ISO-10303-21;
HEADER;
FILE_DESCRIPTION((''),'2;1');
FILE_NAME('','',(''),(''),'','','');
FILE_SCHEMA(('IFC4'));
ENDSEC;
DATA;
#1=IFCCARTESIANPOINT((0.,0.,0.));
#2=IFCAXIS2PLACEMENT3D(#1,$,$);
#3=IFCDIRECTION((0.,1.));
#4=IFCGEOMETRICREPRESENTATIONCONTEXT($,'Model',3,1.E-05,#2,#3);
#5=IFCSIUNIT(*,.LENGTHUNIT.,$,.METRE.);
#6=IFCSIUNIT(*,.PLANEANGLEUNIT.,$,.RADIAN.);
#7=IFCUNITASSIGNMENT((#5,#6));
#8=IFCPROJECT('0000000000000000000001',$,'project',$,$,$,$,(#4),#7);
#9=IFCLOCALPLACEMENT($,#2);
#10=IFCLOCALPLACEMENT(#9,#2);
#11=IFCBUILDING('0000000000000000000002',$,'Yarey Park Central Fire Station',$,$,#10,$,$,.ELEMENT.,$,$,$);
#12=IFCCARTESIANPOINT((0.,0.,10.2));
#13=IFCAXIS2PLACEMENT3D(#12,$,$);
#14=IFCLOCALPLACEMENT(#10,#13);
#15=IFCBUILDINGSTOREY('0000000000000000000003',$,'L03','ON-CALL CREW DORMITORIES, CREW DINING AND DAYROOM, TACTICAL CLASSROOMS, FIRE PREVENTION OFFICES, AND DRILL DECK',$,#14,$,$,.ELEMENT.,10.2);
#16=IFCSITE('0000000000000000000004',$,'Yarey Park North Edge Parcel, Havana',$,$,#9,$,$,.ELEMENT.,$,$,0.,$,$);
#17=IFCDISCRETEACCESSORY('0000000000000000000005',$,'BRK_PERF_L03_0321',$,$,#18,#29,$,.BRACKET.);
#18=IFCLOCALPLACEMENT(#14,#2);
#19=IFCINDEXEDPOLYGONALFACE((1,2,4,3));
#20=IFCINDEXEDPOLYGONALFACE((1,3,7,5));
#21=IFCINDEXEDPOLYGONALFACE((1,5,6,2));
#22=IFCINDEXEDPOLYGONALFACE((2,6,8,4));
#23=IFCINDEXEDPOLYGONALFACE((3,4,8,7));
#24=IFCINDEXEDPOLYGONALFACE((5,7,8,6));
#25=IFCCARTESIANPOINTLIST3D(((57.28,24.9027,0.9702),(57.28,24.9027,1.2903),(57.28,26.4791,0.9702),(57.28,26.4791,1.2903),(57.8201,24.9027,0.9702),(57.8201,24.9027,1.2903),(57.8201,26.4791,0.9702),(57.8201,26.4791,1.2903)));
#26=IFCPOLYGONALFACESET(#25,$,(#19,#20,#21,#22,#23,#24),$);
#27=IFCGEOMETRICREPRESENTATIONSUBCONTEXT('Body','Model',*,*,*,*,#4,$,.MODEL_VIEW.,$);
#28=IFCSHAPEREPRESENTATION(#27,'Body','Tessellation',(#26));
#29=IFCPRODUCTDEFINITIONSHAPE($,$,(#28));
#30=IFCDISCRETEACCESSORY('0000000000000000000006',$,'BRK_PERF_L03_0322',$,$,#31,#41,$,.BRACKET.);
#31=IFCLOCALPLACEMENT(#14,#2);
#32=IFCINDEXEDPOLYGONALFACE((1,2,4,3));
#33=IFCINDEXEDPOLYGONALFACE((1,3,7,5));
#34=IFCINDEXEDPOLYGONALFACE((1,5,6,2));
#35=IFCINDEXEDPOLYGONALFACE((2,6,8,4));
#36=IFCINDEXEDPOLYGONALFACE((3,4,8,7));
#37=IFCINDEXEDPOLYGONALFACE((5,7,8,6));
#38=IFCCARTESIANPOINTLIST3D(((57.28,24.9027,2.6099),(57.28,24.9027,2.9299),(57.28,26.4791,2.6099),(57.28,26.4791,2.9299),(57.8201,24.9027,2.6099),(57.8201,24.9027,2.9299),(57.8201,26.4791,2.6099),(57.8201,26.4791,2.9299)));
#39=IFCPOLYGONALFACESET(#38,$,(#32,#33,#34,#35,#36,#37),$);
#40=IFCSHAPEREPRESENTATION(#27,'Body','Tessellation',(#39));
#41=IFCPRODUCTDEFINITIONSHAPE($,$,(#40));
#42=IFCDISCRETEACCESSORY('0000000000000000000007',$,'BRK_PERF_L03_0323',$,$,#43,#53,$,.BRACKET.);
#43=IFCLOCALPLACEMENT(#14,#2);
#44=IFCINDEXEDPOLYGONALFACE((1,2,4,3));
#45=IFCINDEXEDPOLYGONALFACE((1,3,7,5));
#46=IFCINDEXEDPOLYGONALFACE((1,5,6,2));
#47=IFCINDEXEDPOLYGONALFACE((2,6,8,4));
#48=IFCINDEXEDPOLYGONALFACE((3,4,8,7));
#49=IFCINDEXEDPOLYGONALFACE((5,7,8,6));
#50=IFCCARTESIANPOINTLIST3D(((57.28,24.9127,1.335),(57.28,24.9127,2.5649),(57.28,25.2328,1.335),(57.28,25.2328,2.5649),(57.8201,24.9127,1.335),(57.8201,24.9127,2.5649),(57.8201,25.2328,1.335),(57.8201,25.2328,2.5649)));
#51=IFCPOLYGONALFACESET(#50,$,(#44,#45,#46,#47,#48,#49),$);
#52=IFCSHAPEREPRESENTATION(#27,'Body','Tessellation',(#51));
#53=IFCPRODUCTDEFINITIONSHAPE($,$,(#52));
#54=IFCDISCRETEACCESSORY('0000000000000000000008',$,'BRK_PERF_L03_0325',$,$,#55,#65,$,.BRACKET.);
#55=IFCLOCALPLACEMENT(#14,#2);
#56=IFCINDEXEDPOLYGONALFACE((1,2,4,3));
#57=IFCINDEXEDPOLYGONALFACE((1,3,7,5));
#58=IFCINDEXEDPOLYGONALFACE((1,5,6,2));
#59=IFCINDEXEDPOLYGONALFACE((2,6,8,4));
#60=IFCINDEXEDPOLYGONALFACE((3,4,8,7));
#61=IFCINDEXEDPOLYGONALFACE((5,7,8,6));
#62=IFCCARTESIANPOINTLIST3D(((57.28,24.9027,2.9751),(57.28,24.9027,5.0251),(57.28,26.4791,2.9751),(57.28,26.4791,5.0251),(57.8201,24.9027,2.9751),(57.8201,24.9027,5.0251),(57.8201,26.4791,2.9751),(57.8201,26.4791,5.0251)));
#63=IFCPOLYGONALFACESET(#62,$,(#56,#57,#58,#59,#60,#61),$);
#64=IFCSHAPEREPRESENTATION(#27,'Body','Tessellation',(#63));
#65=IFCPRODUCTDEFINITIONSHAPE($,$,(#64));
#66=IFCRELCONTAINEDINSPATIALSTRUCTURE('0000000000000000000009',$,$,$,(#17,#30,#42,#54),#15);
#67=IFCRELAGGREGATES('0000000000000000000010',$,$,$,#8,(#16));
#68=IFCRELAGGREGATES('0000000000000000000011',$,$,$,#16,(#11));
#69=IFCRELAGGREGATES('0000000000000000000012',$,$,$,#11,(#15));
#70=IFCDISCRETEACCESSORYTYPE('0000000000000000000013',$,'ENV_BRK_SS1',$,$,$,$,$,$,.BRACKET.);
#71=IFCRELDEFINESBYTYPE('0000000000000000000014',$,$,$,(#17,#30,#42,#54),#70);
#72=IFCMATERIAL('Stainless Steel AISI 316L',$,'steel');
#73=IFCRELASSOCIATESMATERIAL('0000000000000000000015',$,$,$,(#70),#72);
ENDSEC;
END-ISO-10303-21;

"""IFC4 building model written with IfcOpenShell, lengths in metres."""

from ifc_helpers import new_model, si_unit, direction, frame, origin, origin_2d, place, context, subcontext, project, spatial, rectangle, extrude, material, type_object, element, save


model = new_model("IFC4")

# Units and contexts
model_context = context("Model", 3, precision=1e-05, world=origin(), true_north=direction((0.0, 1.0)))
body_context = subcontext(model_context, "Body", "Model", "MODEL_VIEW")
ifc_project = project(units=[si_unit("LENGTHUNIT", "METRE"), si_unit("PLANEANGLEUNIT", "RADIAN")], contexts=[model_context])

# Site, building, storey
site_placement = place(None, origin())
site = spatial("IfcSite", under=ifc_project, at=site_placement, Name="Yarey Park North Edge Parcel, Havana", CompositionType="ELEMENT", RefElevation=0.0)
building_placement = place(site_placement, origin())
building = spatial("IfcBuilding", under=site, at=building_placement, Name="Yarey Park Central Fire Station", CompositionType="ELEMENT")
storey_placement = place(building_placement, frame((0.0, 0.0, 10.2)))
storey = spatial("IfcBuildingStorey", under=building, at=storey_placement, Name="L03", Description="ON-CALL CREW DORMITORIES, CREW DINING AND DAYROOM, TACTICAL CLASSROOMS, FIRE PREVENTION OFFICES, AND DRILL DECK", CompositionType="ELEMENT", Elevation=10.2)

# Discrete accessories
ifc_material_1 = material(Name="Stainless Steel AISI 316L", Category="steel")
discrete_accessory_type = type_object("IfcDiscreteAccessoryType", Name="ENV_BRK_SS1", PredefinedType="BRACKET", material=ifc_material_1)
for number, where, z_axis, x_axis, name in (
    (1, (57.55, 25.6909, 0.9702), (0.0, 0.0, 1.0), (1.0, 0.0, 0.0), "BRK_PERF_L03_0321"),
    (2, (57.55, 25.6909, 2.6099), (0.0, 0.0, 1.0), (1.0, 0.0, 0.0), "BRK_PERF_L03_0322"),
):
    element("IfcDiscreteAccessory", number, at=place(storey_placement, frame(where, z_axis=z_axis, x_axis=x_axis)), inside=storey, type_object=discrete_accessory_type, Name=name, PredefinedType="BRACKET", context=body_context, shape_type="SweptSolid", body=[
        extrude(rectangle(XDim=0.54, YDim=1.5764, at=origin_2d()), origin(), (0.0, 0.0, 1.0), 0.3201),
    ])
discrete_accessory_1_placement = place(storey_placement, frame((57.55, 25.0728, 1.335), z_axis=(0.0, 0.0, 1.0), x_axis=(1.0, 0.0, 0.0)))
element("IfcDiscreteAccessory", 3, at=discrete_accessory_1_placement, inside=storey, type_object=discrete_accessory_type, Name="BRK_PERF_L03_0323", PredefinedType="BRACKET", context=body_context, shape_type="SweptSolid", body=[
    extrude(rectangle(XDim=0.54, YDim=0.3201, at=origin_2d()), origin(), (0.0, 0.0, 1.0), 1.23),
])
discrete_accessory_2_placement = place(storey_placement, frame((57.55, 25.6909, 2.9751), z_axis=(0.0, 0.0, 1.0), x_axis=(1.0, 0.0, 0.0)))
element("IfcDiscreteAccessory", 4, at=discrete_accessory_2_placement, inside=storey, type_object=discrete_accessory_type, Name="BRK_PERF_L03_0325", PredefinedType="BRACKET", context=body_context, shape_type="SweptSolid", body=[
    extrude(rectangle(XDim=0.54, YDim=1.5764, at=origin_2d()), origin(), (0.0, 0.0, 1.0), 2.05),
])

save(model, "model.ifc")
